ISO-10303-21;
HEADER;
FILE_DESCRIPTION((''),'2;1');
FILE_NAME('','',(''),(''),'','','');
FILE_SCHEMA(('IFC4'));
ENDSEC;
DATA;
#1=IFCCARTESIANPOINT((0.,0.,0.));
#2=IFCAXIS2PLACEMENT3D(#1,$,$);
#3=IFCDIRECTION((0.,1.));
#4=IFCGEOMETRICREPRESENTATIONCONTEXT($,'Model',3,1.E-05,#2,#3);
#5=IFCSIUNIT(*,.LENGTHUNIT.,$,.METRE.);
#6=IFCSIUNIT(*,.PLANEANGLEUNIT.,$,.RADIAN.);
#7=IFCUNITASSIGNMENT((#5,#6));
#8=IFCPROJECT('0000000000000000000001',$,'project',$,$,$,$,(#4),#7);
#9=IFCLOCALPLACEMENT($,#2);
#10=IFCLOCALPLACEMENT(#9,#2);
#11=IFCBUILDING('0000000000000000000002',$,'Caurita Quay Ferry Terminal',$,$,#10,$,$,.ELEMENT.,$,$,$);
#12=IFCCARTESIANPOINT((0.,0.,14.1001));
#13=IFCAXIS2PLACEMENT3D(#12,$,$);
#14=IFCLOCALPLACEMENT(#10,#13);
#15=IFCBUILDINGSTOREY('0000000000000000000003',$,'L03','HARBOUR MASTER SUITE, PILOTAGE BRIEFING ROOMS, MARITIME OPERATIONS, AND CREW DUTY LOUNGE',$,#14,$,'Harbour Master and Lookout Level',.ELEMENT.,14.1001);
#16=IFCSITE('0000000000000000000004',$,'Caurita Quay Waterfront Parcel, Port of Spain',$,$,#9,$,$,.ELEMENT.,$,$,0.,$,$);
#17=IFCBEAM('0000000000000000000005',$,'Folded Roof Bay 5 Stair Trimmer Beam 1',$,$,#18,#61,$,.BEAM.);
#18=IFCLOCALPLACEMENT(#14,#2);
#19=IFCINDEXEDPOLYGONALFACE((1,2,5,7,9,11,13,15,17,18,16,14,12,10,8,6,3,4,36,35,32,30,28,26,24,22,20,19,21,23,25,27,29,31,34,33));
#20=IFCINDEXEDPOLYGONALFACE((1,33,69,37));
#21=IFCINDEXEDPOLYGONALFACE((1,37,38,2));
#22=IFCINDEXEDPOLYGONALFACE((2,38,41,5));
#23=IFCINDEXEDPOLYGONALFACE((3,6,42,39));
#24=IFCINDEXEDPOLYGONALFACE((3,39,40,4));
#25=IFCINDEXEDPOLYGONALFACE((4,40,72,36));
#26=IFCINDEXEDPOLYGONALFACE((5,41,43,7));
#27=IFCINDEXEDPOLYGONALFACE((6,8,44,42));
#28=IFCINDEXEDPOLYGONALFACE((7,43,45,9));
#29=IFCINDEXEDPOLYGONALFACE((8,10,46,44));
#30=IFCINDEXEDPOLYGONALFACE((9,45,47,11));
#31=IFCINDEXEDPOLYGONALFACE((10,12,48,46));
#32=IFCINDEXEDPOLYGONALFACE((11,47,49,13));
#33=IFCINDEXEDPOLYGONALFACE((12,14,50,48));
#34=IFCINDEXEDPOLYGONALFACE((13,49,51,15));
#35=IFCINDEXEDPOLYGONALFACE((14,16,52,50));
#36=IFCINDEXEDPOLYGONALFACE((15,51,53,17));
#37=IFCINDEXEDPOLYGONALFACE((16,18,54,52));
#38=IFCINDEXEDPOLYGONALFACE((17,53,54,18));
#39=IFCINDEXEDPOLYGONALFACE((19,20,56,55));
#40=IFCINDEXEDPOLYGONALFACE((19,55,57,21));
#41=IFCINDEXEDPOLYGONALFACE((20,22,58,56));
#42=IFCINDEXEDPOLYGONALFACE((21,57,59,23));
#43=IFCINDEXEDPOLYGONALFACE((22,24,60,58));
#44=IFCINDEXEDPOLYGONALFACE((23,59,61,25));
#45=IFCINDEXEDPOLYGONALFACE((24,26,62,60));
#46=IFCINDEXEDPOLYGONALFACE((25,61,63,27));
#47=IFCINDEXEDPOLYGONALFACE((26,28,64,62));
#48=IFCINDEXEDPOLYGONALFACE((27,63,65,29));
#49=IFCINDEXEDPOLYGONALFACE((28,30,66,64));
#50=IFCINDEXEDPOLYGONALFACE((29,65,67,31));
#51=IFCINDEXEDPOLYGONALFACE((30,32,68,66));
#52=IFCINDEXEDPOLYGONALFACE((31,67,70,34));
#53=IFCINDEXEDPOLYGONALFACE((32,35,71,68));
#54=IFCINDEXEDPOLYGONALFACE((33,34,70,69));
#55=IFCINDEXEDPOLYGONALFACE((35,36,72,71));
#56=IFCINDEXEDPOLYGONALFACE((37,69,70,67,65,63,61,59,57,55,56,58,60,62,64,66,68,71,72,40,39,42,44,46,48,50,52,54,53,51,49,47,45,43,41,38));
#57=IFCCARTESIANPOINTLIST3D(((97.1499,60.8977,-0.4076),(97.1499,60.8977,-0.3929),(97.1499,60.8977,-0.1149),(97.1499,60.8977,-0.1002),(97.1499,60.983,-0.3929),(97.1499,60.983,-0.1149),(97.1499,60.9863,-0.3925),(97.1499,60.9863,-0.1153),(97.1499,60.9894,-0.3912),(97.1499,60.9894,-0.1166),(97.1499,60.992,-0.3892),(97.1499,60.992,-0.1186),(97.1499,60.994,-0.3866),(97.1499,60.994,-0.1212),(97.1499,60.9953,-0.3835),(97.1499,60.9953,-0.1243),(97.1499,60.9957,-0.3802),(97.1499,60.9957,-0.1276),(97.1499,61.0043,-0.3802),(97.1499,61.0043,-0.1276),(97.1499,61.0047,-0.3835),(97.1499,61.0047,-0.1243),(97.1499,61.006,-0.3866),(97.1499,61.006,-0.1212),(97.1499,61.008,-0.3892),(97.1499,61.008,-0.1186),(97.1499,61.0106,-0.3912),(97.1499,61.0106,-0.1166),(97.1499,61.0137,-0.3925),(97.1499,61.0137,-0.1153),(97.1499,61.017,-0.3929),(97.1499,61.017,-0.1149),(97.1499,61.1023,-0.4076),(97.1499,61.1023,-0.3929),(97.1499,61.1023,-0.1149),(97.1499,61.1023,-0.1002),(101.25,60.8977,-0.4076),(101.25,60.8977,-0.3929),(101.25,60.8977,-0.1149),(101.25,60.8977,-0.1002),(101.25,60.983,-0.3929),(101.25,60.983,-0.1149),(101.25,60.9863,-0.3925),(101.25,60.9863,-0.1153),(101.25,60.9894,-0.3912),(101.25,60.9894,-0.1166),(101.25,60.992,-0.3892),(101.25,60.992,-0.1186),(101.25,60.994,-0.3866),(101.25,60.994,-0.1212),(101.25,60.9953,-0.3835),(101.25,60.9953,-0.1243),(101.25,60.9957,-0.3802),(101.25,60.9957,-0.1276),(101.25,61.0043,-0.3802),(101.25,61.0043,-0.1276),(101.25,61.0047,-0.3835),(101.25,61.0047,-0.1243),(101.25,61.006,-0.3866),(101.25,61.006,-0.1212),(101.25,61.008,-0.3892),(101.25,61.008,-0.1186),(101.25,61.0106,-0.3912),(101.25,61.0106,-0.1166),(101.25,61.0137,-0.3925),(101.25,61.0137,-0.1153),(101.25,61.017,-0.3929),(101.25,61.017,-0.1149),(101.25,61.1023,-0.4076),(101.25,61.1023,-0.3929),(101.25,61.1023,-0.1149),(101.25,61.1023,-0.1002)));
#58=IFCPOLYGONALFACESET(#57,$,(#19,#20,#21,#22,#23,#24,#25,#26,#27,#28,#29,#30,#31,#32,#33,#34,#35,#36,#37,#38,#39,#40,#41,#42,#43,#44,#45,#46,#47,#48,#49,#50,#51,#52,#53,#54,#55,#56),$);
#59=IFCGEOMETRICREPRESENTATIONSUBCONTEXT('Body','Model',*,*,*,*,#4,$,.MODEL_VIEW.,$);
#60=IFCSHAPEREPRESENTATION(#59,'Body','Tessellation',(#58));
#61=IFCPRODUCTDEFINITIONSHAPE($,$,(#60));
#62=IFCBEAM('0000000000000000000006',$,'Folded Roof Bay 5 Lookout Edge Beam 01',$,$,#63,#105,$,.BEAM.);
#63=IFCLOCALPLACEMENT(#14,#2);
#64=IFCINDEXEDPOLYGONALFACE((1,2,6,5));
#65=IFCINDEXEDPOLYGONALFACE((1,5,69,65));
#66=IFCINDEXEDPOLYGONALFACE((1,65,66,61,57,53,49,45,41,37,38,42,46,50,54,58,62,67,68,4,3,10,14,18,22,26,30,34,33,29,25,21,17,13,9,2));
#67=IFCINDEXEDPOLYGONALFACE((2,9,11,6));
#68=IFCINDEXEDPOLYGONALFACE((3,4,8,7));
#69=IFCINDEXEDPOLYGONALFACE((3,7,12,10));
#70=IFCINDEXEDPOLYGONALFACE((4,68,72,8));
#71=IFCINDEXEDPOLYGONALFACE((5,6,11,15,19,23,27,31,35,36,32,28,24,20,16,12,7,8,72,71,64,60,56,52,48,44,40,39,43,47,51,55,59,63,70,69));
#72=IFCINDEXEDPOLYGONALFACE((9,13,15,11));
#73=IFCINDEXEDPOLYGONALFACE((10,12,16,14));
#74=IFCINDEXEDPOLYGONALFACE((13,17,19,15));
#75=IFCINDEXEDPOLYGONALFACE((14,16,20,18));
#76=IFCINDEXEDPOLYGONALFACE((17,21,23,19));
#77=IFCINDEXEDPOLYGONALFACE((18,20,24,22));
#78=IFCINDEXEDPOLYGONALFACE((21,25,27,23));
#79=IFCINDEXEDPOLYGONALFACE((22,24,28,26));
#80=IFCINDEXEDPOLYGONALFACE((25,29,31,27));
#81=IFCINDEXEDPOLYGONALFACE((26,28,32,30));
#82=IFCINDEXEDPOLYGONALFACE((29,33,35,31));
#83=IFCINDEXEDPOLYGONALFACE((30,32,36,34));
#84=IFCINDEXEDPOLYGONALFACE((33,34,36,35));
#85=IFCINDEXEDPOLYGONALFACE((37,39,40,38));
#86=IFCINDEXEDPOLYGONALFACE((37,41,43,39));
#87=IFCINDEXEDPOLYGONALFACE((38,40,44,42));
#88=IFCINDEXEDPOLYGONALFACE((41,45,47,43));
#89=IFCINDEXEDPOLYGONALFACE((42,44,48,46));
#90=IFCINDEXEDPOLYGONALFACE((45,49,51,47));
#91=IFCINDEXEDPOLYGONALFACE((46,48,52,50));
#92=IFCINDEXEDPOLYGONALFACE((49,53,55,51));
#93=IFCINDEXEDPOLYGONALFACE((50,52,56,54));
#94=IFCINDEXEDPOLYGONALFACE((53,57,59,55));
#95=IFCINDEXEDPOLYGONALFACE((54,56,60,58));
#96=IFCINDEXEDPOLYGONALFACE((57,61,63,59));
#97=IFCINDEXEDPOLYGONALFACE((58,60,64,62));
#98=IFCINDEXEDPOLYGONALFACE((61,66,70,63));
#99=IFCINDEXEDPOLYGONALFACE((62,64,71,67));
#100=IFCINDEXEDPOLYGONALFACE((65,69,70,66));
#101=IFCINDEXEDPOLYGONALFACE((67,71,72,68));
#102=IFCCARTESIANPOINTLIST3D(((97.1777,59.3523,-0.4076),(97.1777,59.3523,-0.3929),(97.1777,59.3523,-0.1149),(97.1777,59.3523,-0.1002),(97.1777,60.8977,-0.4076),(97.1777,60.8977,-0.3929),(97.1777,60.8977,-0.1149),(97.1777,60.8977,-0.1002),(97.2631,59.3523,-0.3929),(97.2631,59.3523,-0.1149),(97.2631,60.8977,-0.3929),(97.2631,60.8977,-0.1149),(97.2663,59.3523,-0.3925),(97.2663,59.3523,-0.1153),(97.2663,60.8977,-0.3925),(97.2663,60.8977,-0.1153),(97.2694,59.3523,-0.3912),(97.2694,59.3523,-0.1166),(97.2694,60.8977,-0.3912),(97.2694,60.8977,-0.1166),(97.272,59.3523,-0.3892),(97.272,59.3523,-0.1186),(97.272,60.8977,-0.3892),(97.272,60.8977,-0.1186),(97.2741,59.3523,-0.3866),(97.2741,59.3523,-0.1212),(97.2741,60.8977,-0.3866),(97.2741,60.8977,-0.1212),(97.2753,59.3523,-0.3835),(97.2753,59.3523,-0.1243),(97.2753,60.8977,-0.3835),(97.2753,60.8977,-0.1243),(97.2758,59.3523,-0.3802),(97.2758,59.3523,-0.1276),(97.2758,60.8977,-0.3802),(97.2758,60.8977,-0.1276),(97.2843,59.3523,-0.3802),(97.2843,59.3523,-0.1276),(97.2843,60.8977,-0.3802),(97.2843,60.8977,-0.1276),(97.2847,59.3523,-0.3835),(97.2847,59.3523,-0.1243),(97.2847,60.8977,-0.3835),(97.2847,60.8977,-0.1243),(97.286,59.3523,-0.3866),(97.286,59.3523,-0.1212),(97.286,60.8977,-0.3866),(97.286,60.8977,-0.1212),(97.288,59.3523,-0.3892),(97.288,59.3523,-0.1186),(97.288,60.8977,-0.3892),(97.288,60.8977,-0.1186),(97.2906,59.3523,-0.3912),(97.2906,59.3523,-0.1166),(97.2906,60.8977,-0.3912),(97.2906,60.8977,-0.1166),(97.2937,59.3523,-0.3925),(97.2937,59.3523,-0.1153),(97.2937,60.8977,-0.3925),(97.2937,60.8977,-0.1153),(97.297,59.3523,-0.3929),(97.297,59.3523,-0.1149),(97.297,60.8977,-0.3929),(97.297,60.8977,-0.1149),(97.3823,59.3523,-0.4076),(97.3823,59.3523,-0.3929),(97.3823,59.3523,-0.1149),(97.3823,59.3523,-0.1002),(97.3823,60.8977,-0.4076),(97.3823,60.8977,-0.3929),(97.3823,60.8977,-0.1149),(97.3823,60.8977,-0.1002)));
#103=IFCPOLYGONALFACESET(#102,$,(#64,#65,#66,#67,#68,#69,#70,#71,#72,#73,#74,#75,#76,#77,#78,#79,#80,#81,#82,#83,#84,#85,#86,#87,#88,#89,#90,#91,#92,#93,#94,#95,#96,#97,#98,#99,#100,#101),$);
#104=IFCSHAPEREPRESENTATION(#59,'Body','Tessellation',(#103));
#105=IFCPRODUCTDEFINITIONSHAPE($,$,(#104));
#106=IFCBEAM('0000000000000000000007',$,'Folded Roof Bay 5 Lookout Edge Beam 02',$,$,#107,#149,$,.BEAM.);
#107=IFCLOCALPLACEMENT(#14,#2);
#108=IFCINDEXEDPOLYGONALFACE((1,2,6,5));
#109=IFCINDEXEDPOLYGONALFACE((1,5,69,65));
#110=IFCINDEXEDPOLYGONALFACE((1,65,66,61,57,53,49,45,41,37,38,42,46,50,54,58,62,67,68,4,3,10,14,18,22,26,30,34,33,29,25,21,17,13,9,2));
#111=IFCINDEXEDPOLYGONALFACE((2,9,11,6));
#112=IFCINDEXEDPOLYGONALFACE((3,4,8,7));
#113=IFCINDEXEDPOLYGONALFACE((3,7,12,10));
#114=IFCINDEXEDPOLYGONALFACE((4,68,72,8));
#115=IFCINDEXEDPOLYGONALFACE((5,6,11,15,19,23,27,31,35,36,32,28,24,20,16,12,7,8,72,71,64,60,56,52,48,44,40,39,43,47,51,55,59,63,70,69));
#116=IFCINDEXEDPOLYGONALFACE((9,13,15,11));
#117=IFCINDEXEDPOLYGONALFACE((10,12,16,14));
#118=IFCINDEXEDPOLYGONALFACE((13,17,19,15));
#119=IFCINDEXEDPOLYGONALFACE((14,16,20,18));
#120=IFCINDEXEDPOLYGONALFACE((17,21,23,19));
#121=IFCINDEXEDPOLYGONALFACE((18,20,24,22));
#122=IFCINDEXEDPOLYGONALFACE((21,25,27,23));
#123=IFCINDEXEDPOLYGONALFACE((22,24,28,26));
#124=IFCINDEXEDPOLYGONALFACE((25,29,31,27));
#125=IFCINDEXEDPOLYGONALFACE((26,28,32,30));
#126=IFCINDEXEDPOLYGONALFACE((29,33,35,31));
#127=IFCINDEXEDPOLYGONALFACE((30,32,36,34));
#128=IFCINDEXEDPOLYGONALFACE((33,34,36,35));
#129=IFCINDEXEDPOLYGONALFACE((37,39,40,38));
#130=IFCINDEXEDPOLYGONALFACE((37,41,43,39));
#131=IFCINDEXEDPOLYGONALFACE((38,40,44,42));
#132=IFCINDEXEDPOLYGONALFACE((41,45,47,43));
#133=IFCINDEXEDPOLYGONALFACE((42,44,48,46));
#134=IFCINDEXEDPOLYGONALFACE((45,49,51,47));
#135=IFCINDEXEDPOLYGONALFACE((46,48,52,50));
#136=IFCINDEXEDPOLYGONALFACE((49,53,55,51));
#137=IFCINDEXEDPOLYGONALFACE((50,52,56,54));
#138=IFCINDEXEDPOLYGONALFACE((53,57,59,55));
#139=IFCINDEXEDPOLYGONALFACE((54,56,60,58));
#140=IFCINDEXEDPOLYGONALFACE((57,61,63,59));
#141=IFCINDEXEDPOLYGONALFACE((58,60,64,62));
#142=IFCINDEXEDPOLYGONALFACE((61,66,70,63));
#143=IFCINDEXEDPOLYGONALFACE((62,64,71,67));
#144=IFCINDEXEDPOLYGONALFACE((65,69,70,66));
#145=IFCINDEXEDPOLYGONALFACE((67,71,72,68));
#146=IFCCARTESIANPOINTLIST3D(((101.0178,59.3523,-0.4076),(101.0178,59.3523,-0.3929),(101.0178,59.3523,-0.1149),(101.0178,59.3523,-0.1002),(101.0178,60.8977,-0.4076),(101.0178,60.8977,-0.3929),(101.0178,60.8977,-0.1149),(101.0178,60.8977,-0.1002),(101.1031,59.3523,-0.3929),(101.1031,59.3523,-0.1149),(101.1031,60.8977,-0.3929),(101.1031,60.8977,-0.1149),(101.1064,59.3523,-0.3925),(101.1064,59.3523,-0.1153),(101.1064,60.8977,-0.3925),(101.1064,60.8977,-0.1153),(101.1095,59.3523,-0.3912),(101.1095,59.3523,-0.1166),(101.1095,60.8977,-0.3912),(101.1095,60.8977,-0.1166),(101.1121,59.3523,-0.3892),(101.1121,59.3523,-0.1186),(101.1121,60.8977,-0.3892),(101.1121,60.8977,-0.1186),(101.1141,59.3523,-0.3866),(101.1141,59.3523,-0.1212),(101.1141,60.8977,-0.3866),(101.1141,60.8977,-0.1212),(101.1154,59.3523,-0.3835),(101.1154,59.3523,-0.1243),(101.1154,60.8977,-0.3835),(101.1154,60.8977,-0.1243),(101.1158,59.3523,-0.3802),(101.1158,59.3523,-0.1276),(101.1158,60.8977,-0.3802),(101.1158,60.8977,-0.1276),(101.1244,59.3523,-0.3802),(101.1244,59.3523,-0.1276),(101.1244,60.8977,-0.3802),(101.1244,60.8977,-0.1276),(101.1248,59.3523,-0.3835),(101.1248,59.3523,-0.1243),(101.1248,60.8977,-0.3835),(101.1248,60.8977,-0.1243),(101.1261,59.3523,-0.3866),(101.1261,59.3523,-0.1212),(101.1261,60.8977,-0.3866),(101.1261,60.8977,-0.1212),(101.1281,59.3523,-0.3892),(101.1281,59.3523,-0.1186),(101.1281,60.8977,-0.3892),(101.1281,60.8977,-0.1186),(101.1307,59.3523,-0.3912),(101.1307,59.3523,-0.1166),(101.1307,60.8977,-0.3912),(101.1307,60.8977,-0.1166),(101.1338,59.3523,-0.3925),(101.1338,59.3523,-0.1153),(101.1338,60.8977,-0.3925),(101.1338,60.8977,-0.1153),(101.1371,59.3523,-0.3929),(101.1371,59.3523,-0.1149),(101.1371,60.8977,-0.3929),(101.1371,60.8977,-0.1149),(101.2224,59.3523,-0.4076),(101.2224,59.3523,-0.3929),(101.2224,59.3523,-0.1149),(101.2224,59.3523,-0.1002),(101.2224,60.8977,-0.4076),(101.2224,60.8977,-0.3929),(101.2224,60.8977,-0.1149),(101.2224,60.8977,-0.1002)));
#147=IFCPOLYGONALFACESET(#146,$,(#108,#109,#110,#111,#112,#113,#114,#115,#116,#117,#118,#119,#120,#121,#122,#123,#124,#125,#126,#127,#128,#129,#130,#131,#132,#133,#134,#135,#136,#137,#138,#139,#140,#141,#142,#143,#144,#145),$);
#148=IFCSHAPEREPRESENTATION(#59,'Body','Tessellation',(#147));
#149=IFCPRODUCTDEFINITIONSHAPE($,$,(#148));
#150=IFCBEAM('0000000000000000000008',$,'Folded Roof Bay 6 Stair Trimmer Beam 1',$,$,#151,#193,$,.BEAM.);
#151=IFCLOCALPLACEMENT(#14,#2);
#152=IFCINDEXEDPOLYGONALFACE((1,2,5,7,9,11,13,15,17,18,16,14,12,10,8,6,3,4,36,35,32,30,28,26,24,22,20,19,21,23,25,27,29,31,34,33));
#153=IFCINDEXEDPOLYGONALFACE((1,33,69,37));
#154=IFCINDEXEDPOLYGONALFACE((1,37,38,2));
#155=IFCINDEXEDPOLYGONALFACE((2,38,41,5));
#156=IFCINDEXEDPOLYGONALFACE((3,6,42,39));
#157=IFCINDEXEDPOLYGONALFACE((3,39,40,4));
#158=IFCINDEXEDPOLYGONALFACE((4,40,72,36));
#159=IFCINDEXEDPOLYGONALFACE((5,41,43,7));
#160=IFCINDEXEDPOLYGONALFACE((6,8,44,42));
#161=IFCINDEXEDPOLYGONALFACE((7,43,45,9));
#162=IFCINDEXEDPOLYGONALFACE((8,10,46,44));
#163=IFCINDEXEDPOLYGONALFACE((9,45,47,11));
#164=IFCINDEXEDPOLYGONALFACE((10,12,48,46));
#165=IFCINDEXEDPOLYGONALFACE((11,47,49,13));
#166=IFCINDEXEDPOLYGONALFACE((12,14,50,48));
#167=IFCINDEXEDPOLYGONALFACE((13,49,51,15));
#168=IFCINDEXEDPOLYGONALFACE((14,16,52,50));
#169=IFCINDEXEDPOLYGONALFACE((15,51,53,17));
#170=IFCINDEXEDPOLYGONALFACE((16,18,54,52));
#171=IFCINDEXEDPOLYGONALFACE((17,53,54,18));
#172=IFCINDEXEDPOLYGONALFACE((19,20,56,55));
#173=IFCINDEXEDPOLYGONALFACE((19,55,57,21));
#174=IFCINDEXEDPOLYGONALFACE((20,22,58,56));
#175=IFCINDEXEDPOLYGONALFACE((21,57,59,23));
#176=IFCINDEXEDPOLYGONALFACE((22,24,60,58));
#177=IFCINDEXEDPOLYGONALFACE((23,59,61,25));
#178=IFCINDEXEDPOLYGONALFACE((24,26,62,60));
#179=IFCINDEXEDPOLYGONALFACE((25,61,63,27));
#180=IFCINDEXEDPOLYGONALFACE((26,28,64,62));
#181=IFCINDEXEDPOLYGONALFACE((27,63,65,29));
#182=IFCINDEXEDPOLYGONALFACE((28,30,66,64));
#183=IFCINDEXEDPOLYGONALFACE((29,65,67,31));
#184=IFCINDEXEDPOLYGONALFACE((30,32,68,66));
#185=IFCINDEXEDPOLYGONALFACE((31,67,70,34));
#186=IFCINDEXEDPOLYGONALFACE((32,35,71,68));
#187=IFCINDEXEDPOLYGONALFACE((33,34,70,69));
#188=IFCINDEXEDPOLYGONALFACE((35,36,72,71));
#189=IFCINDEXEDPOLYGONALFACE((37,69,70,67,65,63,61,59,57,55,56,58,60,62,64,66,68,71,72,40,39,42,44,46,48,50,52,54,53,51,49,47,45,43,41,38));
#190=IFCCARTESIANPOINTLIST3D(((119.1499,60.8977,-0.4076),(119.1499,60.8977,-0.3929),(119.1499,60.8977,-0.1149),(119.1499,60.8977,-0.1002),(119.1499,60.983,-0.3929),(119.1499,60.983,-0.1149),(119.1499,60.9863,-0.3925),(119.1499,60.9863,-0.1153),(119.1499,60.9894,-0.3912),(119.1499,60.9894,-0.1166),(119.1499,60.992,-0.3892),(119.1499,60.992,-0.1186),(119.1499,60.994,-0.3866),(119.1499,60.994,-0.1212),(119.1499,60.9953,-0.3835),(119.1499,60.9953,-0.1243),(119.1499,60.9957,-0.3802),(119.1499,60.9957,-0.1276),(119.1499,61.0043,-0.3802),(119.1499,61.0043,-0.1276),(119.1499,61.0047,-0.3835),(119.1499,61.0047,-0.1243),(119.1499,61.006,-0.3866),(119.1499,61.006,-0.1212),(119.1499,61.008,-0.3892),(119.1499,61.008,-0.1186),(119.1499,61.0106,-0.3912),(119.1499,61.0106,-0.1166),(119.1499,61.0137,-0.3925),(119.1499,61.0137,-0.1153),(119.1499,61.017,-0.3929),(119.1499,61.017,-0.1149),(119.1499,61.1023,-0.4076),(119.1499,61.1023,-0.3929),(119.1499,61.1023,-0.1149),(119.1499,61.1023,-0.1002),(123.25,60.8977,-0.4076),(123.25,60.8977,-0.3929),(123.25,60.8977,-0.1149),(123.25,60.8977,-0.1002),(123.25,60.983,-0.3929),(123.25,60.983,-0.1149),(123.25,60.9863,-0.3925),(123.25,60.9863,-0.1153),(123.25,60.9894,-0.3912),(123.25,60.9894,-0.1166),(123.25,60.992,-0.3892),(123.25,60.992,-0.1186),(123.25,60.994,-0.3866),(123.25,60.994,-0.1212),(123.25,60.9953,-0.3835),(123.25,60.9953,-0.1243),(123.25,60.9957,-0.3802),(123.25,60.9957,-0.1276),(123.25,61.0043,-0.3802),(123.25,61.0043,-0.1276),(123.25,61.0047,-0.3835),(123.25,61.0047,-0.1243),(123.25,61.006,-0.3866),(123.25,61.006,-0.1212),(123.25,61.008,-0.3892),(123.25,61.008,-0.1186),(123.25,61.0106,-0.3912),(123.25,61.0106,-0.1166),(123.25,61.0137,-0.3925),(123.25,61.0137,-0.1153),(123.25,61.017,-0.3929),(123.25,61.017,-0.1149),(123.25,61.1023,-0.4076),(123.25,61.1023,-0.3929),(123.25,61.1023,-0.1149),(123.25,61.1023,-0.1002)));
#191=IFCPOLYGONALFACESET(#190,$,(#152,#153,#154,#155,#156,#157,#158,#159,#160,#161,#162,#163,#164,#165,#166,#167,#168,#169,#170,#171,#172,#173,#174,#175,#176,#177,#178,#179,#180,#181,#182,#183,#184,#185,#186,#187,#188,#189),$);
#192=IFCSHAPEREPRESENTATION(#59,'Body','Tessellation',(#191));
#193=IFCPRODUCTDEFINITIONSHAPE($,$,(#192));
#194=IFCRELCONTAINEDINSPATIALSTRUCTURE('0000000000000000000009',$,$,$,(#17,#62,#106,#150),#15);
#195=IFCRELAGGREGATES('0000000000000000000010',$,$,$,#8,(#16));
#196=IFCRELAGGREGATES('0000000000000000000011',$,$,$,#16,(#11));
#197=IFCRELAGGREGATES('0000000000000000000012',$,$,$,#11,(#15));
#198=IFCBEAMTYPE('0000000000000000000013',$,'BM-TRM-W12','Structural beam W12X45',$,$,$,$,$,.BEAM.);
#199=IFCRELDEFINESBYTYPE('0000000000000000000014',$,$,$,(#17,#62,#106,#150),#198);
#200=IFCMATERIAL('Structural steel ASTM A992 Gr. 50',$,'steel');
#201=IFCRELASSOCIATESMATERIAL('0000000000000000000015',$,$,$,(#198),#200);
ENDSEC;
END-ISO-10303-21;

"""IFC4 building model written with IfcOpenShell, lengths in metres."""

from ifc_helpers import new_model, si_unit, direction, frame, origin, origin_2d, place, context, subcontext, project, spatial, i_section, extrude, material, material_profile, profile_set, type_object, element, save


model = new_model("IFC4")

# Units and contexts
model_context = context("Model", 3, precision=1e-05, world=origin(), true_north=direction((0.0, 1.0)))
body_context = subcontext(model_context, "Body", "Model", "MODEL_VIEW")
ifc_project = project(units=[si_unit("LENGTHUNIT", "METRE"), si_unit("PLANEANGLEUNIT", "RADIAN")], contexts=[model_context])

# Site, building, storey
site_placement = place(None, origin())
site = spatial("IfcSite", under=ifc_project, at=site_placement, Name="Caurita Quay Waterfront Parcel, Port of Spain", CompositionType="ELEMENT", RefElevation=0.0)
building_placement = place(site_placement, origin())
building = spatial("IfcBuilding", under=site, at=building_placement, Name="Caurita Quay Ferry Terminal", CompositionType="ELEMENT")
storey_placement = place(building_placement, frame((0.0, 0.0, 14.1001)))
storey = spatial("IfcBuildingStorey", under=building, at=storey_placement, Name="L03", Description="HARBOUR MASTER SUITE, PILOTAGE BRIEFING ROOMS, MARITIME OPERATIONS, AND CREW DUTY LOUNGE", LongName="Harbour Master and Lookout Level", CompositionType="ELEMENT", Elevation=14.1001)

# Beams
ifc_material_1 = material(Name="Structural steel ASTM A992 Gr. 50", Category="steel")
ifc_material_profile_1 = material_profile(ifc_material_1, i_section(OverallWidth=0.2046, OverallDepth=0.3074, WebThickness=0.0085, FlangeThickness=0.0146, FilletRadius=0.0127, at=origin_2d()), Name="W12X45")
ifc_profile_set_1 = profile_set([ifc_material_profile_1], Name="Structural steel ASTM A992 Gr. 50")
beam_type_1 = type_object("IfcBeamType", Name="BM-TRM-W12", Description="Structural beam W12X45", PredefinedType="BEAM", material=ifc_profile_set_1)
beam_1_placement = place(storey_placement, frame((97.1499, 61.0, -0.2539), z_axis=(1.0, 0.0, 0.0), x_axis=(0.0, 1.0, 0.0)))
element("IfcBeam", 1, at=beam_1_placement, inside=storey, type_object=beam_type_1, Name="Folded Roof Bay 5 Stair Trimmer Beam 1", PredefinedType="BEAM", context=body_context, shape_type="SweptSolid", body=[
    extrude(i_section(OverallWidth=0.2046, OverallDepth=0.3074, WebThickness=0.0085, FlangeThickness=0.0146, FilletRadius=0.0127, at=origin_2d()), origin(), (0.0, 0.0, 1.0), 4.1001),
])
for number, where, z_axis, x_axis, name in (
    (2, (97.28, 60.8977, -0.2539), (0.0, -1.0, 0.0), (1.0, 0.0, 0.0), "Folded Roof Bay 5 Lookout Edge Beam 01"),
    (3, (101.1201, 60.8977, -0.2539), (0.0, -1.0, 0.0), (1.0, 0.0, 0.0), "Folded Roof Bay 5 Lookout Edge Beam 02"),
):
    element("IfcBeam", number, at=place(storey_placement, frame(where, z_axis=z_axis, x_axis=x_axis)), inside=storey, type_object=beam_type_1, Name=name, PredefinedType="BEAM", context=body_context, shape_type="SweptSolid", body=[
        extrude(i_section(OverallWidth=0.2046, OverallDepth=0.3074, WebThickness=0.0085, FlangeThickness=0.0146, FilletRadius=0.0127, at=origin_2d()), origin(), (0.0, 0.0, 1.0), 1.5454),
    ])
beam_2_placement = place(storey_placement, frame((119.1499, 61.0, -0.2539), z_axis=(1.0, 0.0, 0.0), x_axis=(0.0, 1.0, 0.0)))
element("IfcBeam", 4, at=beam_2_placement, inside=storey, type_object=beam_type_1, Name="Folded Roof Bay 6 Stair Trimmer Beam 1", PredefinedType="BEAM", context=body_context, shape_type="SweptSolid", body=[
    extrude(i_section(OverallWidth=0.2046, OverallDepth=0.3074, WebThickness=0.0085, FlangeThickness=0.0146, FilletRadius=0.0127, at=origin_2d()), origin(), (0.0, 0.0, 1.0), 4.1001),
])

save(model, "model.ifc")
